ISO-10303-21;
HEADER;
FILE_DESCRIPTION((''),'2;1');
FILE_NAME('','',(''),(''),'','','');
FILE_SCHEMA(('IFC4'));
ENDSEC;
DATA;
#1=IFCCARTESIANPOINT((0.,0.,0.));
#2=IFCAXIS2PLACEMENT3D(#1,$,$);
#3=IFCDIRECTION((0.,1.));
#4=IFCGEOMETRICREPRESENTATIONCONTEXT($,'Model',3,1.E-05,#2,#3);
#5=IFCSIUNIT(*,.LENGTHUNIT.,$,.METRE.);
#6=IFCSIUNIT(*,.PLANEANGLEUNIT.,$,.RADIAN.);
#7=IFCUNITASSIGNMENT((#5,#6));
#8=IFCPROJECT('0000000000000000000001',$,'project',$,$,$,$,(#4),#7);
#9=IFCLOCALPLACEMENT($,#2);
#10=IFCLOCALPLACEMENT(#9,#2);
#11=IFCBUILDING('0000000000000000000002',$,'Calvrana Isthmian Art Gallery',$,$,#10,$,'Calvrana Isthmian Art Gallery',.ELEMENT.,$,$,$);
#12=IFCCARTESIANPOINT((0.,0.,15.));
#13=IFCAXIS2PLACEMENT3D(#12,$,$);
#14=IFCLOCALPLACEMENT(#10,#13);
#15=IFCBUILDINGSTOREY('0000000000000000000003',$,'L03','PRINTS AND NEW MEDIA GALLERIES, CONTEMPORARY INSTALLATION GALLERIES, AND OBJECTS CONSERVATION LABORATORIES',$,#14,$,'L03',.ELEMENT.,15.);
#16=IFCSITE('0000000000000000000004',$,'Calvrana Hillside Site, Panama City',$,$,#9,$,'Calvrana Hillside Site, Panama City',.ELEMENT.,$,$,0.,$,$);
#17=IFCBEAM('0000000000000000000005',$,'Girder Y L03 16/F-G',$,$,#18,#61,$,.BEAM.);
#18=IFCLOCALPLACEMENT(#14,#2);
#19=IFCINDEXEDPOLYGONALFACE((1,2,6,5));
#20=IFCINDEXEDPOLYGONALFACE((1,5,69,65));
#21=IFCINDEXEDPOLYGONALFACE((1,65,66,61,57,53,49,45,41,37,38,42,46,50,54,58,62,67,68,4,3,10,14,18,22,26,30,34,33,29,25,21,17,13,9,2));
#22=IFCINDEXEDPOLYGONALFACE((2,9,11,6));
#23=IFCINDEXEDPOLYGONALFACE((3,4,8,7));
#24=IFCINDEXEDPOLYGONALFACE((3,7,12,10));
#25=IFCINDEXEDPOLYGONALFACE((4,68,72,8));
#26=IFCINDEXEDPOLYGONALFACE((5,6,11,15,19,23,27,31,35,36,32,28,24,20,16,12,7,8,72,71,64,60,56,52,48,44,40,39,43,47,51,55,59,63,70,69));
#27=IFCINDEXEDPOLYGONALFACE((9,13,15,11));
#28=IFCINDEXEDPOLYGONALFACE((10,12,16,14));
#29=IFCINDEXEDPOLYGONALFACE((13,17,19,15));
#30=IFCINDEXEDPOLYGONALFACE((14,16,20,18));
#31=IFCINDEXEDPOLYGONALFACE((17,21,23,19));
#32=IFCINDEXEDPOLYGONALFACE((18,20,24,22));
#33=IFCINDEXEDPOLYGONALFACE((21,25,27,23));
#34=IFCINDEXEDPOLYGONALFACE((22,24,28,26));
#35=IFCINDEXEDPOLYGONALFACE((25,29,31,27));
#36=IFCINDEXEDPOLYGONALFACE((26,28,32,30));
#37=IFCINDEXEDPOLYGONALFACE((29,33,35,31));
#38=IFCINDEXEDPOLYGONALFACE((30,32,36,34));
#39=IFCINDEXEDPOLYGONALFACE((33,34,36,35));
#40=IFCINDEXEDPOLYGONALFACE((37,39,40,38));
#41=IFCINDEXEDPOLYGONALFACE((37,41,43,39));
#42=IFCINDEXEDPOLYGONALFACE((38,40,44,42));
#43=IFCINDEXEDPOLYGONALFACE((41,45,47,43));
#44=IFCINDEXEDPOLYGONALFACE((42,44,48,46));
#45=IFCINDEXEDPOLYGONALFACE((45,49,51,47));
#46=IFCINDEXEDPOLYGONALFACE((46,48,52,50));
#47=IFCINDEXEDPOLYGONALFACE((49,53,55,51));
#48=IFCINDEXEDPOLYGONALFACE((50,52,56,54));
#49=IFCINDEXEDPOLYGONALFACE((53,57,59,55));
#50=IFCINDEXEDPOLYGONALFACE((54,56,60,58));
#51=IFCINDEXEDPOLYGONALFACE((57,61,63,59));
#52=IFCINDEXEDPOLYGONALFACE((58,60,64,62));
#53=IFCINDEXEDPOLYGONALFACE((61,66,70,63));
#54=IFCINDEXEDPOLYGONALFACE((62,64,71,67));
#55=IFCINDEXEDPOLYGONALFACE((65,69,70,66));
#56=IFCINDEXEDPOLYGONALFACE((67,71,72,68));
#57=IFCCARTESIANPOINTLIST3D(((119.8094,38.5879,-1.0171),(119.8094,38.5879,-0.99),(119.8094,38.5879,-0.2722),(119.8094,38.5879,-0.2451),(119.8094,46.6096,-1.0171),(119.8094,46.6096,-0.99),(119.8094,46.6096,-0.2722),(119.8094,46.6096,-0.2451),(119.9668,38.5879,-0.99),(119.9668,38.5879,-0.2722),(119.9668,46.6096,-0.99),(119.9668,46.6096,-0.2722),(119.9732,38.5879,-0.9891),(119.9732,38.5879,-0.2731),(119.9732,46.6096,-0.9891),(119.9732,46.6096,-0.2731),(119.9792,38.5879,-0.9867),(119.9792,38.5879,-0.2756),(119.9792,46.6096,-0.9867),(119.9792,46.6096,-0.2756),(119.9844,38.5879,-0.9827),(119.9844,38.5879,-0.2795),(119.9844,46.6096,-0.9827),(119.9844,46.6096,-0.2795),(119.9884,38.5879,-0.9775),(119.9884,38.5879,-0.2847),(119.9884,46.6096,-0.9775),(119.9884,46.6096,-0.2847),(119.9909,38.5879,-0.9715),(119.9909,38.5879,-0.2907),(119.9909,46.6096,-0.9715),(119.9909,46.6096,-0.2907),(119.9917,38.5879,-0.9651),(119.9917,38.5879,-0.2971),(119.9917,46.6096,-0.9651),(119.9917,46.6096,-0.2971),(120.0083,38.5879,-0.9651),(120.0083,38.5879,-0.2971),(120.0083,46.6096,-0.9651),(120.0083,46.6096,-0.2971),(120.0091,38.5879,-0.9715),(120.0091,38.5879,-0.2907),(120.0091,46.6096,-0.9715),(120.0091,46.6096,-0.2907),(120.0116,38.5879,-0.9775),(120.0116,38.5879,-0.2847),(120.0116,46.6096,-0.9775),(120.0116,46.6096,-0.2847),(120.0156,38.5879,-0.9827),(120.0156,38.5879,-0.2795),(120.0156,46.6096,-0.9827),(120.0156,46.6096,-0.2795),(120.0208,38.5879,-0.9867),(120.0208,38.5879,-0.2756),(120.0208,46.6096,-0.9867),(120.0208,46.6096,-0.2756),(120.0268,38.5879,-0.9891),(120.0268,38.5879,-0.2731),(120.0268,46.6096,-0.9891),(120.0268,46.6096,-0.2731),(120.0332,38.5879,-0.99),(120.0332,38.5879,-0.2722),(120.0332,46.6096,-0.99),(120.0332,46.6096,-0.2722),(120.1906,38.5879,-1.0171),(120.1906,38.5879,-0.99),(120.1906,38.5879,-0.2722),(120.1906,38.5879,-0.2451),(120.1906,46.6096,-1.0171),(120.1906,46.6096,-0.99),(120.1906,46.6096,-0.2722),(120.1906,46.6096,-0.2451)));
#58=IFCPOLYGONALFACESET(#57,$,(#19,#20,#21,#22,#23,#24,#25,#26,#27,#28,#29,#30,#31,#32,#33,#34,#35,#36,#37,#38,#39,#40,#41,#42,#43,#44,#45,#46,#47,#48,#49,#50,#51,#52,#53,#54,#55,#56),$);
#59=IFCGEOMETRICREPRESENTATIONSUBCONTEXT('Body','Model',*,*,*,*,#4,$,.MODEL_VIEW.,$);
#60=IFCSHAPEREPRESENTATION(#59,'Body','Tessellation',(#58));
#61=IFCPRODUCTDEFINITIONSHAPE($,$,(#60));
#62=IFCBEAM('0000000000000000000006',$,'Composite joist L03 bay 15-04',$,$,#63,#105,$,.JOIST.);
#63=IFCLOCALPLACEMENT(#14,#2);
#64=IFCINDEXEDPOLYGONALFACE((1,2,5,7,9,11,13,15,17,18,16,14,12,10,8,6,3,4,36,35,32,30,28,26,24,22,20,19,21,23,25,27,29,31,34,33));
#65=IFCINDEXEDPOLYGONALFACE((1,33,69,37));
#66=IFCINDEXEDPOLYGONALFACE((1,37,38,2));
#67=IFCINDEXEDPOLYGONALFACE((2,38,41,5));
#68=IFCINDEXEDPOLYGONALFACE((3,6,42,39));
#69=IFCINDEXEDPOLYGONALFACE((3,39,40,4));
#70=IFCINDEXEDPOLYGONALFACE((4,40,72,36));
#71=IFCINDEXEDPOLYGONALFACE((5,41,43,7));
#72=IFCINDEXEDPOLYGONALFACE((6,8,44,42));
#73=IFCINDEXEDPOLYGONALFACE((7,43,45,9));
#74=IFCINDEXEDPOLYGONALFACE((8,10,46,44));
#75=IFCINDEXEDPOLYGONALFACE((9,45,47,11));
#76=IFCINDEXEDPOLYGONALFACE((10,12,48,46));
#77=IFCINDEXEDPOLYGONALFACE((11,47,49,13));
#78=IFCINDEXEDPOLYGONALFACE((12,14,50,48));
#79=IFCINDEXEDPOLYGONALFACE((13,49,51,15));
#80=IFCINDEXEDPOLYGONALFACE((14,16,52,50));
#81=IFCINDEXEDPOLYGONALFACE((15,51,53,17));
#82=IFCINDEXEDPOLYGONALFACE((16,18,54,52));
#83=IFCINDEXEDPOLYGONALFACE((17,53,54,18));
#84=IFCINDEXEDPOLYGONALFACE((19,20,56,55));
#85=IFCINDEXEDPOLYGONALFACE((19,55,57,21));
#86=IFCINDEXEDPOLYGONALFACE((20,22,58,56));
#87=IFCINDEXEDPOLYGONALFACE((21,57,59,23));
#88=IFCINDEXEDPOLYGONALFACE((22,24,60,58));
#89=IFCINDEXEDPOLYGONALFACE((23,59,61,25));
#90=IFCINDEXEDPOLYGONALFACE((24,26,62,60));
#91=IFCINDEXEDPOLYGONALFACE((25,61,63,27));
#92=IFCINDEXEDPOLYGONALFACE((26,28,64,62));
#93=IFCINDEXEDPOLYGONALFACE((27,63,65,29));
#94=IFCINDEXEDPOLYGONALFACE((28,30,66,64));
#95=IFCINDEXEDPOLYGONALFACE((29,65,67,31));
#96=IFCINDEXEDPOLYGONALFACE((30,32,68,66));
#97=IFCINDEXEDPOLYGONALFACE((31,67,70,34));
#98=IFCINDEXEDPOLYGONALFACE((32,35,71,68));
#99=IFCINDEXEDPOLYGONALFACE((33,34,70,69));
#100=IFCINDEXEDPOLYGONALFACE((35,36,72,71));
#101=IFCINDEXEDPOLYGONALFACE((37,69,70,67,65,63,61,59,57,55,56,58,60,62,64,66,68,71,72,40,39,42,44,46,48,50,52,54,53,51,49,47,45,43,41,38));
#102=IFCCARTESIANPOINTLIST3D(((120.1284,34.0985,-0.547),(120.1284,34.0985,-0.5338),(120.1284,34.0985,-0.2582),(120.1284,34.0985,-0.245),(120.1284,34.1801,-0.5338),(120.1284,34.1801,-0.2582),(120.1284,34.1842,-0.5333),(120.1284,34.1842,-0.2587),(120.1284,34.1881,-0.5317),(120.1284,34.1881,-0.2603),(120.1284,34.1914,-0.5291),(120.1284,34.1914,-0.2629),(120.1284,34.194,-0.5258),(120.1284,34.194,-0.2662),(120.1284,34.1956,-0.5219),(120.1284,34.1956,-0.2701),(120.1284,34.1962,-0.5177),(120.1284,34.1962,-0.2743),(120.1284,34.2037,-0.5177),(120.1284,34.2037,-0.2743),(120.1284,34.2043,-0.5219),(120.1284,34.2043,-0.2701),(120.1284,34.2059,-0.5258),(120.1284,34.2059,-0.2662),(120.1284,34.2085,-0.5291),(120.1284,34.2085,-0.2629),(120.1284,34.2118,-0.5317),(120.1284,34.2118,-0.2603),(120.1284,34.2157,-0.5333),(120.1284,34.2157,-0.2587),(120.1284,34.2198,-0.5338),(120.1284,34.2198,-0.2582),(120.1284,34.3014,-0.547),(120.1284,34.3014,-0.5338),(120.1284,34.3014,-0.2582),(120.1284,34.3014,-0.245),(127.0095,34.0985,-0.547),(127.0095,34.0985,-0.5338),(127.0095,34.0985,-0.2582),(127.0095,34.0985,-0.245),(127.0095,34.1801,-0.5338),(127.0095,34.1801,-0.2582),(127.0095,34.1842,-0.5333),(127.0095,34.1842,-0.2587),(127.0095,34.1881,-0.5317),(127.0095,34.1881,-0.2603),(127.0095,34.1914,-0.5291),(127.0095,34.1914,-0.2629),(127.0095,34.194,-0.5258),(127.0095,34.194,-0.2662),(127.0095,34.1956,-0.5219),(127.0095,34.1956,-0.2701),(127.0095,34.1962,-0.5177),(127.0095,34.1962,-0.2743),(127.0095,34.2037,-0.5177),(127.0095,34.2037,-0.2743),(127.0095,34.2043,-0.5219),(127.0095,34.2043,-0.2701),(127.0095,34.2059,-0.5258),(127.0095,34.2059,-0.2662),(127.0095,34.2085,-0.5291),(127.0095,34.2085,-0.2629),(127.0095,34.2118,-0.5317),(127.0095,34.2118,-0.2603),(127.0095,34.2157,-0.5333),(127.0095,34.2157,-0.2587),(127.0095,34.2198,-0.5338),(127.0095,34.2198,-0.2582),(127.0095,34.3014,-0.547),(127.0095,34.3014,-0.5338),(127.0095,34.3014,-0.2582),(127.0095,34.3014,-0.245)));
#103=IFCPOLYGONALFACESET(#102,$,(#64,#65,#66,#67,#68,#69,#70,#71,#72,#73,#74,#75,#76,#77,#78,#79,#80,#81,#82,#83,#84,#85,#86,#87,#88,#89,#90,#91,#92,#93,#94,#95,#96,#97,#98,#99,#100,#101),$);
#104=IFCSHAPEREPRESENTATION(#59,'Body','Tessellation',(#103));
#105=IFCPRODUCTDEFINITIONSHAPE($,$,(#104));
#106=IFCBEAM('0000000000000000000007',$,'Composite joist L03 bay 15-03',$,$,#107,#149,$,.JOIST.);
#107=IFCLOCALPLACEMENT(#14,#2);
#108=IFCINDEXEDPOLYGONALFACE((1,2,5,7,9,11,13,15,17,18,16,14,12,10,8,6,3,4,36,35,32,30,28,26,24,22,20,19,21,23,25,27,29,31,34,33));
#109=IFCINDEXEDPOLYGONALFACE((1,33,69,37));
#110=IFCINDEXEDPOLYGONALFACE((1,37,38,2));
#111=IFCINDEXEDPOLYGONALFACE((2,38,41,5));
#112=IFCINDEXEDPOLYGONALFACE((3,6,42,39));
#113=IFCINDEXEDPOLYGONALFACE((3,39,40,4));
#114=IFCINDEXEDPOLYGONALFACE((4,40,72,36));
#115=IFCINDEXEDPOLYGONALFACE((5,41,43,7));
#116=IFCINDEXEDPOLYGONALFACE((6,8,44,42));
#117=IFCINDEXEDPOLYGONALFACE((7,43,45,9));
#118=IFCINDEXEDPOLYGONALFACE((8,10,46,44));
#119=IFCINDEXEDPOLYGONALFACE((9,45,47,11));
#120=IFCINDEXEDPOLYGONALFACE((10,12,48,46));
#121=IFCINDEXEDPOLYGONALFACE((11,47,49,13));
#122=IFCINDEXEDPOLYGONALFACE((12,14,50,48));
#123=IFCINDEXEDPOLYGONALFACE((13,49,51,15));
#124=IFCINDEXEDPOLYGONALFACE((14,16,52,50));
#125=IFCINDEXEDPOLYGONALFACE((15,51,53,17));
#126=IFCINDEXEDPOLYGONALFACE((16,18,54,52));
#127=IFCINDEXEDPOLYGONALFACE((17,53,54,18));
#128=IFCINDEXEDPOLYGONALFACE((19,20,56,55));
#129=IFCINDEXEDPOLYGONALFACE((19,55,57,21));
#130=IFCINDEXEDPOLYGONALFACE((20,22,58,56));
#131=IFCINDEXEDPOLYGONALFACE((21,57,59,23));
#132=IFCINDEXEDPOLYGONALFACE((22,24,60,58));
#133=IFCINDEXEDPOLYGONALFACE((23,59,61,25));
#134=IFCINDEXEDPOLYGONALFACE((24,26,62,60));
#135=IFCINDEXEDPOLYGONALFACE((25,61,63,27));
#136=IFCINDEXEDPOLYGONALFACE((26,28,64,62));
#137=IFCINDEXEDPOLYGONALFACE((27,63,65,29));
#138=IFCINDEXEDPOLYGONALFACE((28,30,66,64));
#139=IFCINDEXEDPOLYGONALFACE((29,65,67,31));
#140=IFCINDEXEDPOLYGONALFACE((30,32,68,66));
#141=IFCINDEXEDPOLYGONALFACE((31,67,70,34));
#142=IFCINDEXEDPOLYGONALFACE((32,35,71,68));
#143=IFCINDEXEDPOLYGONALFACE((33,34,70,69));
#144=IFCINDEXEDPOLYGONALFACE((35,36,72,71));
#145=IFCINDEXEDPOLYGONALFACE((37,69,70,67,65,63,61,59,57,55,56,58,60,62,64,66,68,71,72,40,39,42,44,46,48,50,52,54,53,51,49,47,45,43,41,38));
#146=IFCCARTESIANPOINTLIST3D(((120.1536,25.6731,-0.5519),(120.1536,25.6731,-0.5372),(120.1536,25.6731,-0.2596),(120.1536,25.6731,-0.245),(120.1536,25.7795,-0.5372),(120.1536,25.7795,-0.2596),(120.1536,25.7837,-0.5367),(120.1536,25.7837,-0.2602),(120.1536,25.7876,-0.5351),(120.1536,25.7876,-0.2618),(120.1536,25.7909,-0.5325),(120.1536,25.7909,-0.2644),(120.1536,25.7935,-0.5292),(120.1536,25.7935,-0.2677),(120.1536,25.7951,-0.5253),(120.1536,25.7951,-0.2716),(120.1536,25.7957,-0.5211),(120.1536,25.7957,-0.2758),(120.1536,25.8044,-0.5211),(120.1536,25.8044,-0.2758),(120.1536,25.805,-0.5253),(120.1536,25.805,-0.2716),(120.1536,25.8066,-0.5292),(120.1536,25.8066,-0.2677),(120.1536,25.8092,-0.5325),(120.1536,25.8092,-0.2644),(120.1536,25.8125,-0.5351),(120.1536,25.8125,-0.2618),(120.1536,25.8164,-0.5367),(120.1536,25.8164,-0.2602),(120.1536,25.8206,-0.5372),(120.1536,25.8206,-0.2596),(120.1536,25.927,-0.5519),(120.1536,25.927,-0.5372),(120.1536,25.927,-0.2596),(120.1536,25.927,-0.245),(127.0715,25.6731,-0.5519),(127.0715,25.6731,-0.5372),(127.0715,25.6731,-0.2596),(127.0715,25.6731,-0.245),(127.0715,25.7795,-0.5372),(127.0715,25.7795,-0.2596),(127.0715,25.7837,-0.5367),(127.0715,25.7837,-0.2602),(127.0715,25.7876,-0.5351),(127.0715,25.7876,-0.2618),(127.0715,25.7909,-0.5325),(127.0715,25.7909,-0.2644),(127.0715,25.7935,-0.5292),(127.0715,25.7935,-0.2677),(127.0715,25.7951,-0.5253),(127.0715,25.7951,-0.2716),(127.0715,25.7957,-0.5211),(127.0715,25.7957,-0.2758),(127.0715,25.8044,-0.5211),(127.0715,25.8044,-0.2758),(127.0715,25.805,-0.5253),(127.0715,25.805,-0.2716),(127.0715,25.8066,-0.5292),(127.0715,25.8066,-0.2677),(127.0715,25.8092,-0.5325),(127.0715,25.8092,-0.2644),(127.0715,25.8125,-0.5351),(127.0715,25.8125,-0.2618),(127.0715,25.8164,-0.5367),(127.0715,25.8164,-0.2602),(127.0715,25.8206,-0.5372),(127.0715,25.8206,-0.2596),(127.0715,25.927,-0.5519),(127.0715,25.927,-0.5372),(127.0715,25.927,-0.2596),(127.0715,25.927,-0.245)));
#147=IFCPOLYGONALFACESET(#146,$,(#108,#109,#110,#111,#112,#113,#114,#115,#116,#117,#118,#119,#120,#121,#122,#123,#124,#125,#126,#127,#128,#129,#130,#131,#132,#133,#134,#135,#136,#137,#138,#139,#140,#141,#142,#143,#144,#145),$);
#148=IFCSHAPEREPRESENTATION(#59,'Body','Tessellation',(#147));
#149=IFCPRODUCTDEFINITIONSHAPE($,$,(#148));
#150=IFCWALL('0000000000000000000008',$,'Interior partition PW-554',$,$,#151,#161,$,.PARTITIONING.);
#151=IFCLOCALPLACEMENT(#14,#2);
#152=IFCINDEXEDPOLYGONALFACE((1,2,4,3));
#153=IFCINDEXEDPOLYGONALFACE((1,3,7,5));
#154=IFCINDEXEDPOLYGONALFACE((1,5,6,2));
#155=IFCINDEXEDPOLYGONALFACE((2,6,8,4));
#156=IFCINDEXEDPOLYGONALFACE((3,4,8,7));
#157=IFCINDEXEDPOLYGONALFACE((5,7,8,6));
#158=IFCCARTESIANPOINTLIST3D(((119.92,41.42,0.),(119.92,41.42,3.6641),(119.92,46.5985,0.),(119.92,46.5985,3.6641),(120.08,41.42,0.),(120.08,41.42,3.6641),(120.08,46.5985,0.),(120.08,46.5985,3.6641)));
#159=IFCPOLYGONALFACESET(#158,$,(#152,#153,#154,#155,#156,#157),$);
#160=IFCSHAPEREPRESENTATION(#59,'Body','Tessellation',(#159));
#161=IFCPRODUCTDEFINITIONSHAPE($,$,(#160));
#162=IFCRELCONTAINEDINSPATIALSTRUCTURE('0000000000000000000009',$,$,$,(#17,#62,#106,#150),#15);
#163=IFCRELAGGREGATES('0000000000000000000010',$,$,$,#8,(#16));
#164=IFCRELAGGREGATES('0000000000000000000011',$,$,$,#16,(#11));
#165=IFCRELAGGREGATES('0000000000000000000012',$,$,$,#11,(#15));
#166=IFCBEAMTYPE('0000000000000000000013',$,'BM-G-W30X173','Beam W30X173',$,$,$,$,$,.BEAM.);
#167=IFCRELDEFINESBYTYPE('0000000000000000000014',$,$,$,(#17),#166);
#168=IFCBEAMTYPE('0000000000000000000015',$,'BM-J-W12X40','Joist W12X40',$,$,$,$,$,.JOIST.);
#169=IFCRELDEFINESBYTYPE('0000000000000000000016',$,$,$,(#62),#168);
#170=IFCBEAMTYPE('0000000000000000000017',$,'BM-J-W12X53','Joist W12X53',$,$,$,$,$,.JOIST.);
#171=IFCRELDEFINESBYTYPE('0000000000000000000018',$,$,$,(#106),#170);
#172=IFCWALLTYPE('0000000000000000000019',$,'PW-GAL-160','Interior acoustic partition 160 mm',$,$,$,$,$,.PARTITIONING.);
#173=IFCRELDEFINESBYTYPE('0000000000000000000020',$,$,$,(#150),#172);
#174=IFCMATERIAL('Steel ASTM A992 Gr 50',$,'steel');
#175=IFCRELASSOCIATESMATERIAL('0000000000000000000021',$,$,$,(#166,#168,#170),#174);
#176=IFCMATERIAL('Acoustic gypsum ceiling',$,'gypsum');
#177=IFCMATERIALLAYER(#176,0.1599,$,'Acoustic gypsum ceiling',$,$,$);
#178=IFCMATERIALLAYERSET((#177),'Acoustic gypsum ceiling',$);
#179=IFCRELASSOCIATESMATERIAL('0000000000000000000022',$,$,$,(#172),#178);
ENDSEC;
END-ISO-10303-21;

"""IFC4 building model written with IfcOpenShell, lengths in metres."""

from ifc_helpers import new_model, si_unit, direction, frame, frame_2d, origin, origin_2d, place, context, subcontext, project, spatial, rectangle, i_section, extrude, material, layer, layer_set, material_profile, profile_set, type_object, element, save


model = new_model("IFC4")

# Units and contexts
model_context = context("Model", 3, precision=1e-05, world=origin(), true_north=direction((0.0, 1.0)))
body_context = subcontext(model_context, "Body", "Model", "MODEL_VIEW")
ifc_project = project(units=[si_unit("LENGTHUNIT", "METRE"), si_unit("PLANEANGLEUNIT", "RADIAN")], contexts=[model_context])

# Site, building, storey
site_placement = place(None, origin())
site = spatial("IfcSite", under=ifc_project, at=site_placement, Name="Calvrana Hillside Site, Panama City", LongName="Calvrana Hillside Site, Panama City", CompositionType="ELEMENT", RefElevation=0.0)
building_placement = place(site_placement, origin())
building = spatial("IfcBuilding", under=site, at=building_placement, Name="Calvrana Isthmian Art Gallery", LongName="Calvrana Isthmian Art Gallery", CompositionType="ELEMENT")
storey_placement = place(building_placement, frame((0.0, 0.0, 15.0)))
storey = spatial("IfcBuildingStorey", under=building, at=storey_placement, Name="L03", Description="PRINTS AND NEW MEDIA GALLERIES, CONTEMPORARY INSTALLATION GALLERIES, AND OBJECTS CONSERVATION LABORATORIES", LongName="L03", CompositionType="ELEMENT", Elevation=15.0)

# Shared definitions
ifc_material_1 = material(Name="Steel ASTM A992 Gr 50", Category="steel")

# Beams
ifc_material_profile_1 = material_profile(ifc_material_1, i_section(OverallWidth=0.3811, OverallDepth=0.772, WebThickness=0.0166, FlangeThickness=0.0271, FilletRadius=0.0249, at=origin_2d()), Name="W30X173")
ifc_profile_set_1 = profile_set([ifc_material_profile_1], Name="Steel ASTM A992 Gr 50")
beam_type_1 = type_object("IfcBeamType", Name="BM-G-W30X173", Description="Beam W30X173", PredefinedType="BEAM", material=ifc_profile_set_1)
beam_1_placement = place(storey_placement, frame((120.0, 38.5879, -0.6311), z_axis=(0.0, 1.0, 0.0), x_axis=(-1.0, 0.0, 0.0)))
element("IfcBeam", 1, at=beam_1_placement, inside=storey, type_object=beam_type_1, Name="Girder Y L03 16/F-G", PredefinedType="BEAM", context=body_context, shape_type="SweptSolid", body=[
    extrude(i_section(OverallWidth=0.3811, OverallDepth=0.772, WebThickness=0.0166, FlangeThickness=0.0271, FilletRadius=0.0249, at=origin_2d()), origin(), (0.0, 0.0, 1.0), 8.0217),
])
ifc_material_profile_2 = material_profile(ifc_material_1, i_section(OverallWidth=0.2029, OverallDepth=0.302, WebThickness=0.0076, FlangeThickness=0.0132, FilletRadius=0.0161, at=origin_2d()), Name="W12X40")
ifc_profile_set_2 = profile_set([ifc_material_profile_2], Name="Steel ASTM A992 Gr 50")
beam_type_2 = type_object("IfcBeamType", Name="BM-J-W12X40", Description="Joist W12X40", PredefinedType="JOIST", material=ifc_profile_set_2)
beam_2_placement = place(storey_placement, frame((120.1284, 34.2, -0.396), z_axis=(1.0, 0.0, 0.0), x_axis=(0.0, 1.0, 0.0)))
element("IfcBeam", 2, at=beam_2_placement, inside=storey, type_object=beam_type_2, Name="Composite joist L03 bay 15-04", PredefinedType="JOIST", context=body_context, shape_type="SweptSolid", body=[
    extrude(i_section(OverallWidth=0.2029, OverallDepth=0.302, WebThickness=0.0076, FlangeThickness=0.0132, FilletRadius=0.0161, at=origin_2d()), origin(), (0.0, 0.0, 1.0), 6.8811),
])
ifc_material_profile_3 = material_profile(ifc_material_1, i_section(OverallWidth=0.2539, OverallDepth=0.3069, WebThickness=0.0088, FlangeThickness=0.0146, FilletRadius=0.0161, at=origin_2d()), Name="W12X53")
ifc_profile_set_3 = profile_set([ifc_material_profile_3], Name="Steel ASTM A992 Gr 50")
beam_type_3 = type_object("IfcBeamType", Name="BM-J-W12X53", Description="Joist W12X53", PredefinedType="JOIST", material=ifc_profile_set_3)
beam_3_placement = place(storey_placement, frame((120.1536, 25.8, -0.3984), z_axis=(1.0, 0.0, 0.0), x_axis=(0.0, 1.0, 0.0)))
element("IfcBeam", 3, at=beam_3_placement, inside=storey, type_object=beam_type_3, Name="Composite joist L03 bay 15-03", PredefinedType="JOIST", context=body_context, shape_type="SweptSolid", body=[
    extrude(i_section(OverallWidth=0.2539, OverallDepth=0.3069, WebThickness=0.0088, FlangeThickness=0.0146, FilletRadius=0.0161, at=origin_2d()), origin(), (0.0, 0.0, 1.0), 6.918),
])

# Wall
ifc_material_2 = material(Name="Acoustic gypsum ceiling", Category="gypsum")
ifc_layer_1 = layer(ifc_material_2, 0.1599, Name="Acoustic gypsum ceiling")
ifc_layer_set_1 = layer_set([ifc_layer_1], Name="Acoustic gypsum ceiling")
wall_type_1 = type_object("IfcWallType", Name="PW-GAL-160", Description="Interior acoustic partition 160 mm", PredefinedType="PARTITIONING", material=ifc_layer_set_1)
wall_1_placement = place(storey_placement, frame((120.0, 41.4199, 0.0), z_axis=(0.0, 0.0, 1.0), x_axis=(0.0, 1.0, 0.0)))
element("IfcWall", 4, at=wall_1_placement, inside=storey, type_object=wall_type_1, Name="Interior partition PW-554", PredefinedType="PARTITIONING", context=body_context, shape_type="SweptSolid", body=[
    extrude(rectangle(XDim=5.1785, YDim=0.1599, at=frame_2d((2.5894, 0.0))), origin(), (0.0, 0.0, 1.0), 3.6641),
])

save(model, "model.ifc")
